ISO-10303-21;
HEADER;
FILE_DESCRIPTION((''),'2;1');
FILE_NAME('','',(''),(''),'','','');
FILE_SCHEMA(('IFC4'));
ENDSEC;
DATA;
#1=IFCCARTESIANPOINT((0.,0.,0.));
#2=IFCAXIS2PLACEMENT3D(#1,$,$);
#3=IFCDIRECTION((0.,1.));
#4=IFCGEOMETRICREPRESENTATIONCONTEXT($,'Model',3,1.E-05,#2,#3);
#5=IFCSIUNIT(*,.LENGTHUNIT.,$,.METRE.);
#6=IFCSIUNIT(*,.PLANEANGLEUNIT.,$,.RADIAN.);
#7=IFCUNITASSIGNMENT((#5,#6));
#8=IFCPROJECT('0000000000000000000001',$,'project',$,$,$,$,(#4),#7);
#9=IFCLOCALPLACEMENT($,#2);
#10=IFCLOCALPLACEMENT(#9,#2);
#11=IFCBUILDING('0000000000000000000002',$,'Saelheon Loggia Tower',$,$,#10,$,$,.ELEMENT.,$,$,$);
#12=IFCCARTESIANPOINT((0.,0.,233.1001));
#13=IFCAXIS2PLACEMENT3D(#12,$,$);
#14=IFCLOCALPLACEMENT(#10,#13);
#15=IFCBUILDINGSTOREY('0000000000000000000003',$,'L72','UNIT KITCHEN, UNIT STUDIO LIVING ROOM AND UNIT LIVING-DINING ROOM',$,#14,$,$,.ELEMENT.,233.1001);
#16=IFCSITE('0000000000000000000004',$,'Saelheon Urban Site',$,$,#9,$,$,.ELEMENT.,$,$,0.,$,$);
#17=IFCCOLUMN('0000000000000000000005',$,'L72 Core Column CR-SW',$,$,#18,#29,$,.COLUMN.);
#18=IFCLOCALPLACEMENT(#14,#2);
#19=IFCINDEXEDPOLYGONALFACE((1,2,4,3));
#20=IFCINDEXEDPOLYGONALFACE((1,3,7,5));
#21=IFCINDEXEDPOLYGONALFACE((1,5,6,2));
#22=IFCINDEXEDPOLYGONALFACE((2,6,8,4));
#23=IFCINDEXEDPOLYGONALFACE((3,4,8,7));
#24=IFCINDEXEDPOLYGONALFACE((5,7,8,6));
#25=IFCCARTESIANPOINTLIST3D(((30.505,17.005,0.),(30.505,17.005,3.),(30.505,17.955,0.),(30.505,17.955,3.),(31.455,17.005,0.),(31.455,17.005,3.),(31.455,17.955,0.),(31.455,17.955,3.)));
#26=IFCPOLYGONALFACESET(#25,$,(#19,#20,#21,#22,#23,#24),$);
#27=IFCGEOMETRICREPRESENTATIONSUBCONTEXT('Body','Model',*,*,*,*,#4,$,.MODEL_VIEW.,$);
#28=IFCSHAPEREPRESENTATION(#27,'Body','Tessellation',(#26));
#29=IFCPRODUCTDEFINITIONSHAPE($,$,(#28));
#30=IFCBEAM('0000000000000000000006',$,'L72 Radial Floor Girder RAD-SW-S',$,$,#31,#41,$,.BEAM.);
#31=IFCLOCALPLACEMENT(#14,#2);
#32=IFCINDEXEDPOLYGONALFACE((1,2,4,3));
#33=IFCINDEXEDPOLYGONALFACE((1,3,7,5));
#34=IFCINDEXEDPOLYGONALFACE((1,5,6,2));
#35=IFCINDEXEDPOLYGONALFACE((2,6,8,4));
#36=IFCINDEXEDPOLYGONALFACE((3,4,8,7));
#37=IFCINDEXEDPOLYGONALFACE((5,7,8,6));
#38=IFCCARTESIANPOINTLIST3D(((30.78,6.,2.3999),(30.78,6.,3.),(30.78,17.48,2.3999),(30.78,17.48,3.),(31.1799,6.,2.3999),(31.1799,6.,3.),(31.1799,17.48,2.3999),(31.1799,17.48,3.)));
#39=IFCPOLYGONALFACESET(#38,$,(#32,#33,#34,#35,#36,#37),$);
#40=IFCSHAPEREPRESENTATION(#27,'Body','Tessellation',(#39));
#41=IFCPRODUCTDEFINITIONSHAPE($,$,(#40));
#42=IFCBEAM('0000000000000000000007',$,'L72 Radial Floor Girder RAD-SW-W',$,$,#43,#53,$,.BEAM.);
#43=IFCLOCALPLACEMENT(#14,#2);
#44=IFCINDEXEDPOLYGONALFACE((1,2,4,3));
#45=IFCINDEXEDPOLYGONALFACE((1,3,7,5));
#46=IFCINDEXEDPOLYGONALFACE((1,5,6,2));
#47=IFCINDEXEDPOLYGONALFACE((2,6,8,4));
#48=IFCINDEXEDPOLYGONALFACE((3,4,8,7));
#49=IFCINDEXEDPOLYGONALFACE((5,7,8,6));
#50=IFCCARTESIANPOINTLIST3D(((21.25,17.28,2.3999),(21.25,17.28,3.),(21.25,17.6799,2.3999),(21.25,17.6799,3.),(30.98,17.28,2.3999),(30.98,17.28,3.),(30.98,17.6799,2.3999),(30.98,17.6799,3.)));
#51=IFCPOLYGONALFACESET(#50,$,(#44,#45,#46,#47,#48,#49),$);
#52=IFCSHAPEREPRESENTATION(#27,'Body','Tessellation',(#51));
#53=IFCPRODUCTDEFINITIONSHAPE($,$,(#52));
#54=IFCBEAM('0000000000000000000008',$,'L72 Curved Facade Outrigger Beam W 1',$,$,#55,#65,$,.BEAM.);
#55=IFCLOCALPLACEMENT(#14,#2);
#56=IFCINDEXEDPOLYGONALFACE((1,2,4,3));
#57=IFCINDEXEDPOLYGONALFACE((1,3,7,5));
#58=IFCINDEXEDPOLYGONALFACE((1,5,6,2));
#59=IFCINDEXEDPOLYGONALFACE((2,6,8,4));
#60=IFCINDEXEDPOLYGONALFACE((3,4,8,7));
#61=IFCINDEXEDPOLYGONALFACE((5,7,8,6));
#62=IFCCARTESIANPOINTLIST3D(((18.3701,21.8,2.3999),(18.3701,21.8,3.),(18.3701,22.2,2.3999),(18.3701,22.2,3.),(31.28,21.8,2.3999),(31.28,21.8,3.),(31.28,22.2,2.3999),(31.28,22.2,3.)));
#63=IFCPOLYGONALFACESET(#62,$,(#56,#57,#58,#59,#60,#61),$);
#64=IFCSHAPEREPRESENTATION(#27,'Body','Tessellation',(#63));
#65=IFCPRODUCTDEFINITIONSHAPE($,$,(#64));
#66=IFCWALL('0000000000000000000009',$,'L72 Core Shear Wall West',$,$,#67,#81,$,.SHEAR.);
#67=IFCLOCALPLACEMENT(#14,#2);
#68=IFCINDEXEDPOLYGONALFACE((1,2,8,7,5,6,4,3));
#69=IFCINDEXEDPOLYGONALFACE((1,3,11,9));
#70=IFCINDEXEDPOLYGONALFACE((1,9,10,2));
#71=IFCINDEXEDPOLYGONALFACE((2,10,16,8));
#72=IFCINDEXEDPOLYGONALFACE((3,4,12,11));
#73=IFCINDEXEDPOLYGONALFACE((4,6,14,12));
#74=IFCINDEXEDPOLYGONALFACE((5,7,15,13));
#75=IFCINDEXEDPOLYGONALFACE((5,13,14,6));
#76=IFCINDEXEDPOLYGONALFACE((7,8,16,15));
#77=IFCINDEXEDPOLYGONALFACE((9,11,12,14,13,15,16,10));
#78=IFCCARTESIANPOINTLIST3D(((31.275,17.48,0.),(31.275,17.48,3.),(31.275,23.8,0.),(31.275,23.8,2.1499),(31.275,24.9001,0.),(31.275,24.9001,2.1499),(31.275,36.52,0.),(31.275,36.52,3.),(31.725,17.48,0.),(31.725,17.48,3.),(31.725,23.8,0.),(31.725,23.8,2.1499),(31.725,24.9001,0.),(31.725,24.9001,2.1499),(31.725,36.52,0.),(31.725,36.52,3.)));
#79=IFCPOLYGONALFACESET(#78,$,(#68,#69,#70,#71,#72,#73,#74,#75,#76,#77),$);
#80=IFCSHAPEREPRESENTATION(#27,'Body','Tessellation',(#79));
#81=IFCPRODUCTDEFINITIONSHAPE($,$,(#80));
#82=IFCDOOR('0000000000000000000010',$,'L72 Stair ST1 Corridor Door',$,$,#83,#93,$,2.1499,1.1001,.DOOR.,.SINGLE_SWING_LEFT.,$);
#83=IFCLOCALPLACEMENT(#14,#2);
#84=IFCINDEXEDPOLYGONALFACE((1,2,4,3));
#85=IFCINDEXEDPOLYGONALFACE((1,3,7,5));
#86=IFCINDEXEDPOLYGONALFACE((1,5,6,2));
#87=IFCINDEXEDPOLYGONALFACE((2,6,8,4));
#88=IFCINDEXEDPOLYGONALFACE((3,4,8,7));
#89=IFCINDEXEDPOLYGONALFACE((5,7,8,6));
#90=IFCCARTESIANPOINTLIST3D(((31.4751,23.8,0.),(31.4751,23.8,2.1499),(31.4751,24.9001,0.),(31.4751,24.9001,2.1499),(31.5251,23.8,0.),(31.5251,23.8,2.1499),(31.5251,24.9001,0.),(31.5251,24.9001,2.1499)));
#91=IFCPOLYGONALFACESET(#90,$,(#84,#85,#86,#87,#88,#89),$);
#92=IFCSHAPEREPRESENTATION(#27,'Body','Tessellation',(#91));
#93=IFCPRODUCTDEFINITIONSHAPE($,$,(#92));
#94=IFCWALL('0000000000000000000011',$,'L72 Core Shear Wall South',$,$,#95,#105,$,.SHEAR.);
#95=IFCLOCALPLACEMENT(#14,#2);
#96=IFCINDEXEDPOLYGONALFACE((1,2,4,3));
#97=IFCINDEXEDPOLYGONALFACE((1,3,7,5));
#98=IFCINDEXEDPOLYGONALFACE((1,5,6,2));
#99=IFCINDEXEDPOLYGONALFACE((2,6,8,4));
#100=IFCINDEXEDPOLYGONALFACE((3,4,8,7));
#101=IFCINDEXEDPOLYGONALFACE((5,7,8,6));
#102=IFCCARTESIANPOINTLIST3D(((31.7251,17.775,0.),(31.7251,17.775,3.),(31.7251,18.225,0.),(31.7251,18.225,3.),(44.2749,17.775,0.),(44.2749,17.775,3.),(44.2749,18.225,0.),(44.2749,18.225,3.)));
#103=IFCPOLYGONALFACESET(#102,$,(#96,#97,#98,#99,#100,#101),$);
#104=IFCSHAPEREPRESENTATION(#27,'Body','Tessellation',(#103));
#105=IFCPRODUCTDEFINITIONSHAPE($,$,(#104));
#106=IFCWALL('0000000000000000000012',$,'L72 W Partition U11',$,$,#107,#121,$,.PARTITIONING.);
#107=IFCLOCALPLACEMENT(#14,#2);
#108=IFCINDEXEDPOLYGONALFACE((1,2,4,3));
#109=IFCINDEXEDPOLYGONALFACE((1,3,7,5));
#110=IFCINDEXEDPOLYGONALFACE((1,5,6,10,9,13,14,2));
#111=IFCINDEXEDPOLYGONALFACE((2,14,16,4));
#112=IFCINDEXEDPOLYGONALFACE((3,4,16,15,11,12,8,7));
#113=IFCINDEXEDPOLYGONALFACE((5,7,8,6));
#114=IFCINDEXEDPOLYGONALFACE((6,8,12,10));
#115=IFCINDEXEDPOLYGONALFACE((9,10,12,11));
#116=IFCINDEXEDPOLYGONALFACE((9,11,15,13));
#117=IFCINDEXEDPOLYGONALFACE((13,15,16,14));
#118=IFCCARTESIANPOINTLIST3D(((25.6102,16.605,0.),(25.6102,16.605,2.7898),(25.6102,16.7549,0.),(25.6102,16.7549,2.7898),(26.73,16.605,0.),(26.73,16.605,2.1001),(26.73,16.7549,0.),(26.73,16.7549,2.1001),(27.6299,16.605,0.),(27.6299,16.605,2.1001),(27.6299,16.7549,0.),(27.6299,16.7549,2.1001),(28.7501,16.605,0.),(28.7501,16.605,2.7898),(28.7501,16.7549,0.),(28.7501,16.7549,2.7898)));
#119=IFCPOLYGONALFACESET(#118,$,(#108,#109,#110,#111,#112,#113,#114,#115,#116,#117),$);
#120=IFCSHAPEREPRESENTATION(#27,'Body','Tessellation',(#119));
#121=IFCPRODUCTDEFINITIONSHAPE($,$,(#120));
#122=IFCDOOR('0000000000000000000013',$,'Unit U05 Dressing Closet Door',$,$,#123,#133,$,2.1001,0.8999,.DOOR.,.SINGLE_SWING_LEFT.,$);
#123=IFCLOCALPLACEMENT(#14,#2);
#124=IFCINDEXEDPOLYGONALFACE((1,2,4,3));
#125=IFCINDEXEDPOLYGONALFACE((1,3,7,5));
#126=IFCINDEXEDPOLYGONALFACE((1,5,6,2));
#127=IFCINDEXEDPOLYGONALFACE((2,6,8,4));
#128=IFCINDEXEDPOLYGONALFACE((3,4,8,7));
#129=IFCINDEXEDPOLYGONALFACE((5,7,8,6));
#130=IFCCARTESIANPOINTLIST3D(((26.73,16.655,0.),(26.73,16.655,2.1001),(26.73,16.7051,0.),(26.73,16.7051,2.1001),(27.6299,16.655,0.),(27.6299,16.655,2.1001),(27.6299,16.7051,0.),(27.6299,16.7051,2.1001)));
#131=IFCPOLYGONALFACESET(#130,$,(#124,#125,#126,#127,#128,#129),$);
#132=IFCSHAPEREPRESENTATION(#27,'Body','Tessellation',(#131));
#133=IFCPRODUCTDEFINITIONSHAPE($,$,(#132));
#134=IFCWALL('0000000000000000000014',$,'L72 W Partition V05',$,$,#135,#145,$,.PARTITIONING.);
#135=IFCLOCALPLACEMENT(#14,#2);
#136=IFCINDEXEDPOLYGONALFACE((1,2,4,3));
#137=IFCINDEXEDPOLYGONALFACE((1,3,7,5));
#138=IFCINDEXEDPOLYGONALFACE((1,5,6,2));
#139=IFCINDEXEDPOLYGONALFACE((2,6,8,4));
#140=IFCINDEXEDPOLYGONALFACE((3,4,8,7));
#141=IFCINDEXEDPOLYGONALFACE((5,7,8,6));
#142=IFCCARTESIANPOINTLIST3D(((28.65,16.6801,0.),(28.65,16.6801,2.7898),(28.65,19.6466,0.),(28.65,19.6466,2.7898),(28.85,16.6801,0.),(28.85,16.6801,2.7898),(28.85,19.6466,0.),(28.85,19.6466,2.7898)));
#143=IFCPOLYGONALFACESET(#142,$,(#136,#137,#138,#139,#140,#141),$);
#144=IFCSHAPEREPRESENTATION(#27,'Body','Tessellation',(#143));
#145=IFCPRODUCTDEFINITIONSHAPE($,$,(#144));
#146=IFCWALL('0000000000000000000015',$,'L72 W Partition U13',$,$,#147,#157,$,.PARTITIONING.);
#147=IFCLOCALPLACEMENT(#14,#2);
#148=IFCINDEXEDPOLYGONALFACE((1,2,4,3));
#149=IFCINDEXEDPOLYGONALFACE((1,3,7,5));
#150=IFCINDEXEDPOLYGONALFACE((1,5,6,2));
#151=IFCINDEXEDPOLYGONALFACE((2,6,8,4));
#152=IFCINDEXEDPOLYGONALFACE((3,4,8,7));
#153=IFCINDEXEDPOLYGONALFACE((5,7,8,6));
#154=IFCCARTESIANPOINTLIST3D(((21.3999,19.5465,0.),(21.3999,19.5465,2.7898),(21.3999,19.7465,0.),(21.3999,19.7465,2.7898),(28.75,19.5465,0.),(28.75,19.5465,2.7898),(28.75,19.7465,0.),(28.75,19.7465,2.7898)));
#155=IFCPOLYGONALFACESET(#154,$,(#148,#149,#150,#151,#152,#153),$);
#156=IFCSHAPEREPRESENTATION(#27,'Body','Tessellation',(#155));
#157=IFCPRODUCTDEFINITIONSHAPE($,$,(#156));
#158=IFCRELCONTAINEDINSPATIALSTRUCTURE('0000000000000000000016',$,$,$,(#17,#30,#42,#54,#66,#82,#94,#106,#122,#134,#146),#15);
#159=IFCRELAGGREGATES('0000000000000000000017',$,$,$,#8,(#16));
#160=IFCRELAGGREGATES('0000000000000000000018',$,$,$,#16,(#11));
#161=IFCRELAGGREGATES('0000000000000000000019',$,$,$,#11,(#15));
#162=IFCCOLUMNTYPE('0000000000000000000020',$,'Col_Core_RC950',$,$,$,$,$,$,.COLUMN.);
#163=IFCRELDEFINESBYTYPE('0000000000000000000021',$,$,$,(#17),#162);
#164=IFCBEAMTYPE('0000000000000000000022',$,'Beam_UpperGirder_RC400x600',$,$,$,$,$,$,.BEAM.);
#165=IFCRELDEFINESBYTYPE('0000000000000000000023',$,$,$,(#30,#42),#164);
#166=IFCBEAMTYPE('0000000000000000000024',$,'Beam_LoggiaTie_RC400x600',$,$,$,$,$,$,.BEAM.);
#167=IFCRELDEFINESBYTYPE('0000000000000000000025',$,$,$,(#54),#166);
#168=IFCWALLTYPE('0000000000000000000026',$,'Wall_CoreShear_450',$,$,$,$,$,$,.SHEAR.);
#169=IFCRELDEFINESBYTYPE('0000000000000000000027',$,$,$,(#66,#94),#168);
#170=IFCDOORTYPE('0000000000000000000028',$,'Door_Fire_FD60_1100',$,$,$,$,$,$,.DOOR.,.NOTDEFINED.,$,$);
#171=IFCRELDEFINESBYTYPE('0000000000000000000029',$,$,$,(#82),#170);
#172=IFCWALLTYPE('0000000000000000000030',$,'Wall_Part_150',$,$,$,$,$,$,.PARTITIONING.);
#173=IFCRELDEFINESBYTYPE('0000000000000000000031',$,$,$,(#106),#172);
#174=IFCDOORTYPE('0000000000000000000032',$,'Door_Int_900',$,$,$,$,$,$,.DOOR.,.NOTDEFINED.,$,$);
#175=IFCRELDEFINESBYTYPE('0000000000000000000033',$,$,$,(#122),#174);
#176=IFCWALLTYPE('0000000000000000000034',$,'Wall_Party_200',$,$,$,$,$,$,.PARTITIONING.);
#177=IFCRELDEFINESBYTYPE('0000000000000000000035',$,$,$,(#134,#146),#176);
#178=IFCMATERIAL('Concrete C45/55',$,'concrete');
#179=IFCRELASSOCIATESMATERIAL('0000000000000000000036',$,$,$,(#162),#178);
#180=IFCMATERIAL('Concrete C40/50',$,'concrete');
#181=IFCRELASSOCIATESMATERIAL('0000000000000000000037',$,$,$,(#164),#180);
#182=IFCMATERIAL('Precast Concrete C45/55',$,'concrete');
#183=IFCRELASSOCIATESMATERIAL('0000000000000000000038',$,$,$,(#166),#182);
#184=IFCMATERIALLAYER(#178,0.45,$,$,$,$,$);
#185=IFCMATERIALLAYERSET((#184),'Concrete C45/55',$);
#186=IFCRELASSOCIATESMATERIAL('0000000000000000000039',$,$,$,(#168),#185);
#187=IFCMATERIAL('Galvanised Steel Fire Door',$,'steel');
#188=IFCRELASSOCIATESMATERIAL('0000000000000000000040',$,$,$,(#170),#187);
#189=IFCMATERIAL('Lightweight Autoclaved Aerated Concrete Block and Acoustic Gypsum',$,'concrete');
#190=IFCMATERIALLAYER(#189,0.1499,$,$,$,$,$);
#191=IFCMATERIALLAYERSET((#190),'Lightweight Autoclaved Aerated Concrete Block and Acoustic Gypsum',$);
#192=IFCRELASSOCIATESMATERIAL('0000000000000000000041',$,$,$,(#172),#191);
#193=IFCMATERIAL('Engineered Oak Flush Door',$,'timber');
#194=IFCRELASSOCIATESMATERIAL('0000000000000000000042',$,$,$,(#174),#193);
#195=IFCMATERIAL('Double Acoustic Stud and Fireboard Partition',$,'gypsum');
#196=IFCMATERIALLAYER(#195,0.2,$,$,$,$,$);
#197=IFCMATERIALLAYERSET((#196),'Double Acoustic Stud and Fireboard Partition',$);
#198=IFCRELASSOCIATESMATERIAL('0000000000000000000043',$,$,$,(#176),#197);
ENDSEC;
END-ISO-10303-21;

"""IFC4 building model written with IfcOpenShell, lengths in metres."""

from ifc_helpers import new_model, si_unit, direction, frame, frame_2d, origin, origin_2d, place, context, subcontext, project, spatial, rectangle, extrude, source, transform, mapped, material, layer, layer_set, material_profile, profile_set, type_object, element, fill, save


model = new_model("IFC4")

# Units and contexts
model_context = context("Model", 3, precision=1e-05, world=origin(), true_north=direction((0.0, 1.0)))
body_context = subcontext(model_context, "Body", "Model", "MODEL_VIEW")
ifc_project = project(units=[si_unit("LENGTHUNIT", "METRE"), si_unit("PLANEANGLEUNIT", "RADIAN")], contexts=[model_context])

# Site, building, storey
site_placement = place(None, origin())
site = spatial("IfcSite", under=ifc_project, at=site_placement, Name="Saelheon Urban Site", CompositionType="ELEMENT", RefElevation=0.0)
building_placement = place(site_placement, origin())
building = spatial("IfcBuilding", under=site, at=building_placement, Name="Saelheon Loggia Tower", CompositionType="ELEMENT")
storey_placement = place(building_placement, frame((0.0, 0.0, 233.1001)))
storey = spatial("IfcBuildingStorey", under=building, at=storey_placement, Name="L72", Description="UNIT KITCHEN, UNIT STUDIO LIVING ROOM AND UNIT LIVING-DINING ROOM", CompositionType="ELEMENT", Elevation=233.1001)

# Column
ifc_material_1 = material(Name="Concrete C45/55", Category="concrete")
ifc_material_profile_1 = material_profile(ifc_material_1, rectangle(XDim=0.95, YDim=0.95, at=origin_2d()), Name="RC-950x950")
ifc_profile_set_1 = profile_set([ifc_material_profile_1], Name="Concrete C45/55")
column_type = type_object("IfcColumnType", Name="Col_Core_RC950", PredefinedType="COLUMN", material=ifc_profile_set_1)
shared_shape_1 = source(origin(), body_context, "Body", "SweptSolid", [
    extrude(rectangle(XDim=0.95, YDim=0.95, at=origin_2d()), origin(), (0.0, 0.0, 1.0), 3.0),
])
column_placement = place(storey_placement, frame((30.98, 17.48, 0.0), z_axis=(0.0, 0.0, 1.0), x_axis=(1.0, 0.0, 0.0)))
element("IfcColumn", 1, at=column_placement, inside=storey, type_object=column_type, Name="L72 Core Column CR-SW", PredefinedType="COLUMN", context=body_context, shape_type="MappedRepresentation", body=[
    mapped(shared_shape_1, transform((0.0, 0.0, 0.0), scale=1.0)),
])

# Beams
ifc_material_2 = material(Name="Concrete C40/50", Category="concrete")
ifc_material_profile_2 = material_profile(ifc_material_2, rectangle(XDim=0.3999, YDim=0.6001, at=origin_2d()), Name="RC-400x600")
ifc_profile_set_2 = profile_set([ifc_material_profile_2], Name="Concrete C40/50")
beam_type_1 = type_object("IfcBeamType", Name="Beam_UpperGirder_RC400x600", PredefinedType="BEAM", material=ifc_profile_set_2)
shared_shape_2 = source(origin(), body_context, "Body", "SweptSolid", [
    extrude(rectangle(XDim=0.3999, YDim=0.6001, at=origin_2d()), origin(), (0.0, 0.0, 1.0), 11.48),
])
beam_1_placement = place(storey_placement, frame((30.98, 17.48, 2.7), z_axis=(0.0, -1.0, 0.0), x_axis=(1.0, 0.0, 0.0)))
element("IfcBeam", 2, at=beam_1_placement, inside=storey, type_object=beam_type_1, Name="L72 Radial Floor Girder RAD-SW-S", PredefinedType="BEAM", context=body_context, shape_type="MappedRepresentation", body=[
    mapped(shared_shape_2, transform((0.0, 0.0, 0.0), scale=1.0)),
])
shared_shape_3 = source(origin(), body_context, "Body", "SweptSolid", [
    extrude(rectangle(XDim=0.3999, YDim=0.6001, at=origin_2d()), origin(), (0.0, 0.0, 1.0), 9.73),
])
beam_2_placement = place(storey_placement, frame((30.98, 17.48, 2.7), z_axis=(-1.0, 0.0, 0.0), x_axis=(0.0, -1.0, 0.0)))
element("IfcBeam", 3, at=beam_2_placement, inside=storey, type_object=beam_type_1, Name="L72 Radial Floor Girder RAD-SW-W", PredefinedType="BEAM", context=body_context, shape_type="MappedRepresentation", body=[
    mapped(shared_shape_3, transform((0.0, 0.0, 0.0), scale=1.0)),
])
ifc_material_3 = material(Name="Precast Concrete C45/55", Category="concrete")
ifc_material_profile_3 = material_profile(ifc_material_3, rectangle(XDim=0.3999, YDim=0.6001, at=origin_2d()), Name="RC-400x600")
ifc_profile_set_3 = profile_set([ifc_material_profile_3], Name="Precast Concrete C45/55")
beam_type_2 = type_object("IfcBeamType", Name="Beam_LoggiaTie_RC400x600", PredefinedType="BEAM", material=ifc_profile_set_3)
shared_shape_4 = source(origin(), body_context, "Body", "SweptSolid", [
    extrude(rectangle(XDim=0.3999, YDim=0.6001, at=origin_2d()), origin(), (0.0, 0.0, 1.0), 12.9099),
])
beam_3_placement = place(storey_placement, frame((31.28, 22.0, 2.7), z_axis=(-1.0, 0.0, 0.0), x_axis=(0.0, -1.0, 0.0)))
element("IfcBeam", 4, at=beam_3_placement, inside=storey, type_object=beam_type_2, Name="L72 Curved Facade Outrigger Beam W 1", PredefinedType="BEAM", context=body_context, shape_type="MappedRepresentation", body=[
    mapped(shared_shape_4, transform((0.0, 0.0, 0.0), scale=1.0)),
])

# Wall, opening, door
ifc_layer_1 = layer(ifc_material_1, 0.45)
ifc_layer_set_1 = layer_set([ifc_layer_1], Name="Concrete C45/55")
wall_type_1 = type_object("IfcWallType", Name="Wall_CoreShear_450", PredefinedType="SHEAR", material=ifc_layer_set_1)
wall_1_placement = place(storey_placement, frame((31.5, 17.48, 0.0), z_axis=(0.0, 0.0, 1.0), x_axis=(0.0, 1.0, 0.0)))
wall_1 = element("IfcWall", 5, at=wall_1_placement, inside=storey, type_object=wall_type_1, Name="L72 Core Shear Wall West", PredefinedType="SHEAR", context=body_context, shape_type="SweptSolid", body=[
    extrude(rectangle(XDim=19.04, YDim=0.45, at=frame_2d((9.52, 0.0))), origin(), (0.0, 0.0, 1.0), 3.0),
])
opening_1_placement = place(wall_1_placement, frame((6.3201, 0.0, 0.0)))
opening_1 = element("IfcOpeningElement", 6, at=opening_1_placement, cuts=wall_1, PredefinedType="OPENING", context=body_context, shape_type="SweptSolid", body=[
    extrude(rectangle(XDim=1.1001, YDim=2.1499, at=frame_2d((0.55, 1.075))), frame((0.0, 0.2371, 0.0), z_axis=(0.0, -1.0, 0.0), x_axis=(1.0, 0.0, 0.0)), (0.0, 0.0, 1.0), 0.4739),
])
ifc_material_4 = material(Name="Galvanised Steel Fire Door", Category="steel")
door_type_1 = type_object("IfcDoorType", Name="Door_Fire_FD60_1100", OperationType="NOTDEFINED", PredefinedType="DOOR", material=ifc_material_4)
shared_shape_5 = source(origin(), body_context, "Body", "SweptSolid", [
    extrude(rectangle(XDim=1.1001, YDim=2.1499, at=frame_2d((0.55, 1.075))), frame((0.0, 0.0249, 0.0), z_axis=(0.0, -1.0, 0.0), x_axis=(1.0, 0.0, 0.0)), (0.0, 0.0, 1.0), 0.05),
])
door_1_placement = place(opening_1_placement, origin())
door_1 = element("IfcDoor", 7, at=door_1_placement, inside=storey, type_object=door_type_1, Name="L72 Stair ST1 Corridor Door", OperationType="SINGLE_SWING_LEFT", OverallHeight=2.1499, OverallWidth=1.1001, PredefinedType="DOOR", context=body_context, shape_type="MappedRepresentation", body=[
    mapped(shared_shape_5, transform((0.0, 0.0, 0.0), scale=1.0)),
])
fill(opening_1, door_1)

# Wall
wall_2_placement = place(storey_placement, frame((31.7251, 18.0, 0.0), z_axis=(0.0, 0.0, 1.0), x_axis=(1.0, 0.0, 0.0)))
element("IfcWall", 8, at=wall_2_placement, inside=storey, type_object=wall_type_1, Name="L72 Core Shear Wall South", PredefinedType="SHEAR", context=body_context, shape_type="SweptSolid", body=[
    extrude(rectangle(XDim=12.5498, YDim=0.45, at=frame_2d((6.2749, 0.0))), origin(), (0.0, 0.0, 1.0), 3.0),
])

# Wall, opening, door
ifc_material_5 = material(Name="Lightweight Autoclaved Aerated Concrete Block and Acoustic Gypsum", Category="concrete")
ifc_layer_2 = layer(ifc_material_5, 0.1499)
ifc_layer_set_2 = layer_set([ifc_layer_2], Name="Lightweight Autoclaved Aerated Concrete Block and Acoustic Gypsum")
wall_type_2 = type_object("IfcWallType", Name="Wall_Part_150", PredefinedType="PARTITIONING", material=ifc_layer_set_2)
wall_3_placement = place(storey_placement, frame((28.75, 16.6799, 0.0), z_axis=(0.0, 0.0, 1.0), x_axis=(-1.0, 0.0, 0.0)))
wall_3 = element("IfcWall", 9, at=wall_3_placement, inside=storey, type_object=wall_type_2, Name="L72 W Partition U11", PredefinedType="PARTITIONING", context=body_context, shape_type="SweptSolid", body=[
    extrude(rectangle(XDim=3.1399, YDim=0.1499, at=frame_2d((1.5698, 0.0))), origin(), (0.0, 0.0, 1.0), 2.7898),
])
opening_2_placement = place(wall_3_placement, frame((1.1201, 0.0, 0.0)))
opening_2 = element("IfcOpeningElement", 10, at=opening_2_placement, cuts=wall_3, PredefinedType="OPENING", context=body_context, shape_type="SweptSolid", body=[
    extrude(rectangle(XDim=0.8999, YDim=2.1001, at=frame_2d((0.45, 1.05))), frame((0.0, 0.0869, 0.0), z_axis=(0.0, -1.0, 0.0), x_axis=(1.0, 0.0, 0.0)), (0.0, 0.0, 1.0), 0.1738),
])
ifc_material_6 = material(Name="Engineered Oak Flush Door", Category="timber")
door_type_2 = type_object("IfcDoorType", Name="Door_Int_900", OperationType="NOTDEFINED", PredefinedType="DOOR", material=ifc_material_6)
shared_shape_6 = source(origin(), body_context, "Body", "SweptSolid", [
    extrude(rectangle(XDim=0.8999, YDim=2.1001, at=frame_2d((0.45, 1.05))), frame((0.0, 0.0249, 0.0), z_axis=(0.0, -1.0, 0.0), x_axis=(1.0, 0.0, 0.0)), (0.0, 0.0, 1.0), 0.05),
])
door_2_placement = place(opening_2_placement, origin())
door_2 = element("IfcDoor", 11, at=door_2_placement, inside=storey, type_object=door_type_2, Name="Unit U05 Dressing Closet Door", OperationType="SINGLE_SWING_LEFT", OverallHeight=2.1001, OverallWidth=0.8999, PredefinedType="DOOR", context=body_context, shape_type="MappedRepresentation", body=[
    mapped(shared_shape_6, transform((0.0, 0.0, 0.0), scale=1.0)),
])
fill(opening_2, door_2)
ifc_material_7 = material(Name="Double Acoustic Stud and Fireboard Partition", Category="gypsum")
ifc_layer_3 = layer(ifc_material_7, 0.2)
ifc_layer_set_3 = layer_set([ifc_layer_3], Name="Double Acoustic Stud and Fireboard Partition")
wall_type_3 = type_object("IfcWallType", Name="Wall_Party_200", PredefinedType="PARTITIONING", material=ifc_layer_set_3)

# Walls
wall_4_placement = place(storey_placement, frame((28.75, 16.6799, 0.0), z_axis=(0.0, 0.0, 1.0), x_axis=(0.0, 1.0, 0.0)))
element("IfcWall", 12, at=wall_4_placement, inside=storey, type_object=wall_type_3, Name="L72 W Partition V05", PredefinedType="PARTITIONING", context=body_context, shape_type="SweptSolid", body=[
    extrude(rectangle(XDim=2.9666, YDim=0.2, at=frame_2d((1.4834, 0.0))), origin(), (0.0, 0.0, 1.0), 2.7898),
])
wall_5_placement = place(storey_placement, frame((28.75, 19.6465, 0.0), z_axis=(0.0, 0.0, 1.0), x_axis=(-1.0, 0.0, 0.0)))
element("IfcWall", 13, at=wall_5_placement, inside=storey, type_object=wall_type_3, Name="L72 W Partition U13", PredefinedType="PARTITIONING", context=body_context, shape_type="SweptSolid", body=[
    extrude(rectangle(XDim=7.3501, YDim=0.2, at=frame_2d((3.675, 0.0))), origin(), (0.0, 0.0, 1.0), 2.7898),
])

save(model, "model.ifc")
